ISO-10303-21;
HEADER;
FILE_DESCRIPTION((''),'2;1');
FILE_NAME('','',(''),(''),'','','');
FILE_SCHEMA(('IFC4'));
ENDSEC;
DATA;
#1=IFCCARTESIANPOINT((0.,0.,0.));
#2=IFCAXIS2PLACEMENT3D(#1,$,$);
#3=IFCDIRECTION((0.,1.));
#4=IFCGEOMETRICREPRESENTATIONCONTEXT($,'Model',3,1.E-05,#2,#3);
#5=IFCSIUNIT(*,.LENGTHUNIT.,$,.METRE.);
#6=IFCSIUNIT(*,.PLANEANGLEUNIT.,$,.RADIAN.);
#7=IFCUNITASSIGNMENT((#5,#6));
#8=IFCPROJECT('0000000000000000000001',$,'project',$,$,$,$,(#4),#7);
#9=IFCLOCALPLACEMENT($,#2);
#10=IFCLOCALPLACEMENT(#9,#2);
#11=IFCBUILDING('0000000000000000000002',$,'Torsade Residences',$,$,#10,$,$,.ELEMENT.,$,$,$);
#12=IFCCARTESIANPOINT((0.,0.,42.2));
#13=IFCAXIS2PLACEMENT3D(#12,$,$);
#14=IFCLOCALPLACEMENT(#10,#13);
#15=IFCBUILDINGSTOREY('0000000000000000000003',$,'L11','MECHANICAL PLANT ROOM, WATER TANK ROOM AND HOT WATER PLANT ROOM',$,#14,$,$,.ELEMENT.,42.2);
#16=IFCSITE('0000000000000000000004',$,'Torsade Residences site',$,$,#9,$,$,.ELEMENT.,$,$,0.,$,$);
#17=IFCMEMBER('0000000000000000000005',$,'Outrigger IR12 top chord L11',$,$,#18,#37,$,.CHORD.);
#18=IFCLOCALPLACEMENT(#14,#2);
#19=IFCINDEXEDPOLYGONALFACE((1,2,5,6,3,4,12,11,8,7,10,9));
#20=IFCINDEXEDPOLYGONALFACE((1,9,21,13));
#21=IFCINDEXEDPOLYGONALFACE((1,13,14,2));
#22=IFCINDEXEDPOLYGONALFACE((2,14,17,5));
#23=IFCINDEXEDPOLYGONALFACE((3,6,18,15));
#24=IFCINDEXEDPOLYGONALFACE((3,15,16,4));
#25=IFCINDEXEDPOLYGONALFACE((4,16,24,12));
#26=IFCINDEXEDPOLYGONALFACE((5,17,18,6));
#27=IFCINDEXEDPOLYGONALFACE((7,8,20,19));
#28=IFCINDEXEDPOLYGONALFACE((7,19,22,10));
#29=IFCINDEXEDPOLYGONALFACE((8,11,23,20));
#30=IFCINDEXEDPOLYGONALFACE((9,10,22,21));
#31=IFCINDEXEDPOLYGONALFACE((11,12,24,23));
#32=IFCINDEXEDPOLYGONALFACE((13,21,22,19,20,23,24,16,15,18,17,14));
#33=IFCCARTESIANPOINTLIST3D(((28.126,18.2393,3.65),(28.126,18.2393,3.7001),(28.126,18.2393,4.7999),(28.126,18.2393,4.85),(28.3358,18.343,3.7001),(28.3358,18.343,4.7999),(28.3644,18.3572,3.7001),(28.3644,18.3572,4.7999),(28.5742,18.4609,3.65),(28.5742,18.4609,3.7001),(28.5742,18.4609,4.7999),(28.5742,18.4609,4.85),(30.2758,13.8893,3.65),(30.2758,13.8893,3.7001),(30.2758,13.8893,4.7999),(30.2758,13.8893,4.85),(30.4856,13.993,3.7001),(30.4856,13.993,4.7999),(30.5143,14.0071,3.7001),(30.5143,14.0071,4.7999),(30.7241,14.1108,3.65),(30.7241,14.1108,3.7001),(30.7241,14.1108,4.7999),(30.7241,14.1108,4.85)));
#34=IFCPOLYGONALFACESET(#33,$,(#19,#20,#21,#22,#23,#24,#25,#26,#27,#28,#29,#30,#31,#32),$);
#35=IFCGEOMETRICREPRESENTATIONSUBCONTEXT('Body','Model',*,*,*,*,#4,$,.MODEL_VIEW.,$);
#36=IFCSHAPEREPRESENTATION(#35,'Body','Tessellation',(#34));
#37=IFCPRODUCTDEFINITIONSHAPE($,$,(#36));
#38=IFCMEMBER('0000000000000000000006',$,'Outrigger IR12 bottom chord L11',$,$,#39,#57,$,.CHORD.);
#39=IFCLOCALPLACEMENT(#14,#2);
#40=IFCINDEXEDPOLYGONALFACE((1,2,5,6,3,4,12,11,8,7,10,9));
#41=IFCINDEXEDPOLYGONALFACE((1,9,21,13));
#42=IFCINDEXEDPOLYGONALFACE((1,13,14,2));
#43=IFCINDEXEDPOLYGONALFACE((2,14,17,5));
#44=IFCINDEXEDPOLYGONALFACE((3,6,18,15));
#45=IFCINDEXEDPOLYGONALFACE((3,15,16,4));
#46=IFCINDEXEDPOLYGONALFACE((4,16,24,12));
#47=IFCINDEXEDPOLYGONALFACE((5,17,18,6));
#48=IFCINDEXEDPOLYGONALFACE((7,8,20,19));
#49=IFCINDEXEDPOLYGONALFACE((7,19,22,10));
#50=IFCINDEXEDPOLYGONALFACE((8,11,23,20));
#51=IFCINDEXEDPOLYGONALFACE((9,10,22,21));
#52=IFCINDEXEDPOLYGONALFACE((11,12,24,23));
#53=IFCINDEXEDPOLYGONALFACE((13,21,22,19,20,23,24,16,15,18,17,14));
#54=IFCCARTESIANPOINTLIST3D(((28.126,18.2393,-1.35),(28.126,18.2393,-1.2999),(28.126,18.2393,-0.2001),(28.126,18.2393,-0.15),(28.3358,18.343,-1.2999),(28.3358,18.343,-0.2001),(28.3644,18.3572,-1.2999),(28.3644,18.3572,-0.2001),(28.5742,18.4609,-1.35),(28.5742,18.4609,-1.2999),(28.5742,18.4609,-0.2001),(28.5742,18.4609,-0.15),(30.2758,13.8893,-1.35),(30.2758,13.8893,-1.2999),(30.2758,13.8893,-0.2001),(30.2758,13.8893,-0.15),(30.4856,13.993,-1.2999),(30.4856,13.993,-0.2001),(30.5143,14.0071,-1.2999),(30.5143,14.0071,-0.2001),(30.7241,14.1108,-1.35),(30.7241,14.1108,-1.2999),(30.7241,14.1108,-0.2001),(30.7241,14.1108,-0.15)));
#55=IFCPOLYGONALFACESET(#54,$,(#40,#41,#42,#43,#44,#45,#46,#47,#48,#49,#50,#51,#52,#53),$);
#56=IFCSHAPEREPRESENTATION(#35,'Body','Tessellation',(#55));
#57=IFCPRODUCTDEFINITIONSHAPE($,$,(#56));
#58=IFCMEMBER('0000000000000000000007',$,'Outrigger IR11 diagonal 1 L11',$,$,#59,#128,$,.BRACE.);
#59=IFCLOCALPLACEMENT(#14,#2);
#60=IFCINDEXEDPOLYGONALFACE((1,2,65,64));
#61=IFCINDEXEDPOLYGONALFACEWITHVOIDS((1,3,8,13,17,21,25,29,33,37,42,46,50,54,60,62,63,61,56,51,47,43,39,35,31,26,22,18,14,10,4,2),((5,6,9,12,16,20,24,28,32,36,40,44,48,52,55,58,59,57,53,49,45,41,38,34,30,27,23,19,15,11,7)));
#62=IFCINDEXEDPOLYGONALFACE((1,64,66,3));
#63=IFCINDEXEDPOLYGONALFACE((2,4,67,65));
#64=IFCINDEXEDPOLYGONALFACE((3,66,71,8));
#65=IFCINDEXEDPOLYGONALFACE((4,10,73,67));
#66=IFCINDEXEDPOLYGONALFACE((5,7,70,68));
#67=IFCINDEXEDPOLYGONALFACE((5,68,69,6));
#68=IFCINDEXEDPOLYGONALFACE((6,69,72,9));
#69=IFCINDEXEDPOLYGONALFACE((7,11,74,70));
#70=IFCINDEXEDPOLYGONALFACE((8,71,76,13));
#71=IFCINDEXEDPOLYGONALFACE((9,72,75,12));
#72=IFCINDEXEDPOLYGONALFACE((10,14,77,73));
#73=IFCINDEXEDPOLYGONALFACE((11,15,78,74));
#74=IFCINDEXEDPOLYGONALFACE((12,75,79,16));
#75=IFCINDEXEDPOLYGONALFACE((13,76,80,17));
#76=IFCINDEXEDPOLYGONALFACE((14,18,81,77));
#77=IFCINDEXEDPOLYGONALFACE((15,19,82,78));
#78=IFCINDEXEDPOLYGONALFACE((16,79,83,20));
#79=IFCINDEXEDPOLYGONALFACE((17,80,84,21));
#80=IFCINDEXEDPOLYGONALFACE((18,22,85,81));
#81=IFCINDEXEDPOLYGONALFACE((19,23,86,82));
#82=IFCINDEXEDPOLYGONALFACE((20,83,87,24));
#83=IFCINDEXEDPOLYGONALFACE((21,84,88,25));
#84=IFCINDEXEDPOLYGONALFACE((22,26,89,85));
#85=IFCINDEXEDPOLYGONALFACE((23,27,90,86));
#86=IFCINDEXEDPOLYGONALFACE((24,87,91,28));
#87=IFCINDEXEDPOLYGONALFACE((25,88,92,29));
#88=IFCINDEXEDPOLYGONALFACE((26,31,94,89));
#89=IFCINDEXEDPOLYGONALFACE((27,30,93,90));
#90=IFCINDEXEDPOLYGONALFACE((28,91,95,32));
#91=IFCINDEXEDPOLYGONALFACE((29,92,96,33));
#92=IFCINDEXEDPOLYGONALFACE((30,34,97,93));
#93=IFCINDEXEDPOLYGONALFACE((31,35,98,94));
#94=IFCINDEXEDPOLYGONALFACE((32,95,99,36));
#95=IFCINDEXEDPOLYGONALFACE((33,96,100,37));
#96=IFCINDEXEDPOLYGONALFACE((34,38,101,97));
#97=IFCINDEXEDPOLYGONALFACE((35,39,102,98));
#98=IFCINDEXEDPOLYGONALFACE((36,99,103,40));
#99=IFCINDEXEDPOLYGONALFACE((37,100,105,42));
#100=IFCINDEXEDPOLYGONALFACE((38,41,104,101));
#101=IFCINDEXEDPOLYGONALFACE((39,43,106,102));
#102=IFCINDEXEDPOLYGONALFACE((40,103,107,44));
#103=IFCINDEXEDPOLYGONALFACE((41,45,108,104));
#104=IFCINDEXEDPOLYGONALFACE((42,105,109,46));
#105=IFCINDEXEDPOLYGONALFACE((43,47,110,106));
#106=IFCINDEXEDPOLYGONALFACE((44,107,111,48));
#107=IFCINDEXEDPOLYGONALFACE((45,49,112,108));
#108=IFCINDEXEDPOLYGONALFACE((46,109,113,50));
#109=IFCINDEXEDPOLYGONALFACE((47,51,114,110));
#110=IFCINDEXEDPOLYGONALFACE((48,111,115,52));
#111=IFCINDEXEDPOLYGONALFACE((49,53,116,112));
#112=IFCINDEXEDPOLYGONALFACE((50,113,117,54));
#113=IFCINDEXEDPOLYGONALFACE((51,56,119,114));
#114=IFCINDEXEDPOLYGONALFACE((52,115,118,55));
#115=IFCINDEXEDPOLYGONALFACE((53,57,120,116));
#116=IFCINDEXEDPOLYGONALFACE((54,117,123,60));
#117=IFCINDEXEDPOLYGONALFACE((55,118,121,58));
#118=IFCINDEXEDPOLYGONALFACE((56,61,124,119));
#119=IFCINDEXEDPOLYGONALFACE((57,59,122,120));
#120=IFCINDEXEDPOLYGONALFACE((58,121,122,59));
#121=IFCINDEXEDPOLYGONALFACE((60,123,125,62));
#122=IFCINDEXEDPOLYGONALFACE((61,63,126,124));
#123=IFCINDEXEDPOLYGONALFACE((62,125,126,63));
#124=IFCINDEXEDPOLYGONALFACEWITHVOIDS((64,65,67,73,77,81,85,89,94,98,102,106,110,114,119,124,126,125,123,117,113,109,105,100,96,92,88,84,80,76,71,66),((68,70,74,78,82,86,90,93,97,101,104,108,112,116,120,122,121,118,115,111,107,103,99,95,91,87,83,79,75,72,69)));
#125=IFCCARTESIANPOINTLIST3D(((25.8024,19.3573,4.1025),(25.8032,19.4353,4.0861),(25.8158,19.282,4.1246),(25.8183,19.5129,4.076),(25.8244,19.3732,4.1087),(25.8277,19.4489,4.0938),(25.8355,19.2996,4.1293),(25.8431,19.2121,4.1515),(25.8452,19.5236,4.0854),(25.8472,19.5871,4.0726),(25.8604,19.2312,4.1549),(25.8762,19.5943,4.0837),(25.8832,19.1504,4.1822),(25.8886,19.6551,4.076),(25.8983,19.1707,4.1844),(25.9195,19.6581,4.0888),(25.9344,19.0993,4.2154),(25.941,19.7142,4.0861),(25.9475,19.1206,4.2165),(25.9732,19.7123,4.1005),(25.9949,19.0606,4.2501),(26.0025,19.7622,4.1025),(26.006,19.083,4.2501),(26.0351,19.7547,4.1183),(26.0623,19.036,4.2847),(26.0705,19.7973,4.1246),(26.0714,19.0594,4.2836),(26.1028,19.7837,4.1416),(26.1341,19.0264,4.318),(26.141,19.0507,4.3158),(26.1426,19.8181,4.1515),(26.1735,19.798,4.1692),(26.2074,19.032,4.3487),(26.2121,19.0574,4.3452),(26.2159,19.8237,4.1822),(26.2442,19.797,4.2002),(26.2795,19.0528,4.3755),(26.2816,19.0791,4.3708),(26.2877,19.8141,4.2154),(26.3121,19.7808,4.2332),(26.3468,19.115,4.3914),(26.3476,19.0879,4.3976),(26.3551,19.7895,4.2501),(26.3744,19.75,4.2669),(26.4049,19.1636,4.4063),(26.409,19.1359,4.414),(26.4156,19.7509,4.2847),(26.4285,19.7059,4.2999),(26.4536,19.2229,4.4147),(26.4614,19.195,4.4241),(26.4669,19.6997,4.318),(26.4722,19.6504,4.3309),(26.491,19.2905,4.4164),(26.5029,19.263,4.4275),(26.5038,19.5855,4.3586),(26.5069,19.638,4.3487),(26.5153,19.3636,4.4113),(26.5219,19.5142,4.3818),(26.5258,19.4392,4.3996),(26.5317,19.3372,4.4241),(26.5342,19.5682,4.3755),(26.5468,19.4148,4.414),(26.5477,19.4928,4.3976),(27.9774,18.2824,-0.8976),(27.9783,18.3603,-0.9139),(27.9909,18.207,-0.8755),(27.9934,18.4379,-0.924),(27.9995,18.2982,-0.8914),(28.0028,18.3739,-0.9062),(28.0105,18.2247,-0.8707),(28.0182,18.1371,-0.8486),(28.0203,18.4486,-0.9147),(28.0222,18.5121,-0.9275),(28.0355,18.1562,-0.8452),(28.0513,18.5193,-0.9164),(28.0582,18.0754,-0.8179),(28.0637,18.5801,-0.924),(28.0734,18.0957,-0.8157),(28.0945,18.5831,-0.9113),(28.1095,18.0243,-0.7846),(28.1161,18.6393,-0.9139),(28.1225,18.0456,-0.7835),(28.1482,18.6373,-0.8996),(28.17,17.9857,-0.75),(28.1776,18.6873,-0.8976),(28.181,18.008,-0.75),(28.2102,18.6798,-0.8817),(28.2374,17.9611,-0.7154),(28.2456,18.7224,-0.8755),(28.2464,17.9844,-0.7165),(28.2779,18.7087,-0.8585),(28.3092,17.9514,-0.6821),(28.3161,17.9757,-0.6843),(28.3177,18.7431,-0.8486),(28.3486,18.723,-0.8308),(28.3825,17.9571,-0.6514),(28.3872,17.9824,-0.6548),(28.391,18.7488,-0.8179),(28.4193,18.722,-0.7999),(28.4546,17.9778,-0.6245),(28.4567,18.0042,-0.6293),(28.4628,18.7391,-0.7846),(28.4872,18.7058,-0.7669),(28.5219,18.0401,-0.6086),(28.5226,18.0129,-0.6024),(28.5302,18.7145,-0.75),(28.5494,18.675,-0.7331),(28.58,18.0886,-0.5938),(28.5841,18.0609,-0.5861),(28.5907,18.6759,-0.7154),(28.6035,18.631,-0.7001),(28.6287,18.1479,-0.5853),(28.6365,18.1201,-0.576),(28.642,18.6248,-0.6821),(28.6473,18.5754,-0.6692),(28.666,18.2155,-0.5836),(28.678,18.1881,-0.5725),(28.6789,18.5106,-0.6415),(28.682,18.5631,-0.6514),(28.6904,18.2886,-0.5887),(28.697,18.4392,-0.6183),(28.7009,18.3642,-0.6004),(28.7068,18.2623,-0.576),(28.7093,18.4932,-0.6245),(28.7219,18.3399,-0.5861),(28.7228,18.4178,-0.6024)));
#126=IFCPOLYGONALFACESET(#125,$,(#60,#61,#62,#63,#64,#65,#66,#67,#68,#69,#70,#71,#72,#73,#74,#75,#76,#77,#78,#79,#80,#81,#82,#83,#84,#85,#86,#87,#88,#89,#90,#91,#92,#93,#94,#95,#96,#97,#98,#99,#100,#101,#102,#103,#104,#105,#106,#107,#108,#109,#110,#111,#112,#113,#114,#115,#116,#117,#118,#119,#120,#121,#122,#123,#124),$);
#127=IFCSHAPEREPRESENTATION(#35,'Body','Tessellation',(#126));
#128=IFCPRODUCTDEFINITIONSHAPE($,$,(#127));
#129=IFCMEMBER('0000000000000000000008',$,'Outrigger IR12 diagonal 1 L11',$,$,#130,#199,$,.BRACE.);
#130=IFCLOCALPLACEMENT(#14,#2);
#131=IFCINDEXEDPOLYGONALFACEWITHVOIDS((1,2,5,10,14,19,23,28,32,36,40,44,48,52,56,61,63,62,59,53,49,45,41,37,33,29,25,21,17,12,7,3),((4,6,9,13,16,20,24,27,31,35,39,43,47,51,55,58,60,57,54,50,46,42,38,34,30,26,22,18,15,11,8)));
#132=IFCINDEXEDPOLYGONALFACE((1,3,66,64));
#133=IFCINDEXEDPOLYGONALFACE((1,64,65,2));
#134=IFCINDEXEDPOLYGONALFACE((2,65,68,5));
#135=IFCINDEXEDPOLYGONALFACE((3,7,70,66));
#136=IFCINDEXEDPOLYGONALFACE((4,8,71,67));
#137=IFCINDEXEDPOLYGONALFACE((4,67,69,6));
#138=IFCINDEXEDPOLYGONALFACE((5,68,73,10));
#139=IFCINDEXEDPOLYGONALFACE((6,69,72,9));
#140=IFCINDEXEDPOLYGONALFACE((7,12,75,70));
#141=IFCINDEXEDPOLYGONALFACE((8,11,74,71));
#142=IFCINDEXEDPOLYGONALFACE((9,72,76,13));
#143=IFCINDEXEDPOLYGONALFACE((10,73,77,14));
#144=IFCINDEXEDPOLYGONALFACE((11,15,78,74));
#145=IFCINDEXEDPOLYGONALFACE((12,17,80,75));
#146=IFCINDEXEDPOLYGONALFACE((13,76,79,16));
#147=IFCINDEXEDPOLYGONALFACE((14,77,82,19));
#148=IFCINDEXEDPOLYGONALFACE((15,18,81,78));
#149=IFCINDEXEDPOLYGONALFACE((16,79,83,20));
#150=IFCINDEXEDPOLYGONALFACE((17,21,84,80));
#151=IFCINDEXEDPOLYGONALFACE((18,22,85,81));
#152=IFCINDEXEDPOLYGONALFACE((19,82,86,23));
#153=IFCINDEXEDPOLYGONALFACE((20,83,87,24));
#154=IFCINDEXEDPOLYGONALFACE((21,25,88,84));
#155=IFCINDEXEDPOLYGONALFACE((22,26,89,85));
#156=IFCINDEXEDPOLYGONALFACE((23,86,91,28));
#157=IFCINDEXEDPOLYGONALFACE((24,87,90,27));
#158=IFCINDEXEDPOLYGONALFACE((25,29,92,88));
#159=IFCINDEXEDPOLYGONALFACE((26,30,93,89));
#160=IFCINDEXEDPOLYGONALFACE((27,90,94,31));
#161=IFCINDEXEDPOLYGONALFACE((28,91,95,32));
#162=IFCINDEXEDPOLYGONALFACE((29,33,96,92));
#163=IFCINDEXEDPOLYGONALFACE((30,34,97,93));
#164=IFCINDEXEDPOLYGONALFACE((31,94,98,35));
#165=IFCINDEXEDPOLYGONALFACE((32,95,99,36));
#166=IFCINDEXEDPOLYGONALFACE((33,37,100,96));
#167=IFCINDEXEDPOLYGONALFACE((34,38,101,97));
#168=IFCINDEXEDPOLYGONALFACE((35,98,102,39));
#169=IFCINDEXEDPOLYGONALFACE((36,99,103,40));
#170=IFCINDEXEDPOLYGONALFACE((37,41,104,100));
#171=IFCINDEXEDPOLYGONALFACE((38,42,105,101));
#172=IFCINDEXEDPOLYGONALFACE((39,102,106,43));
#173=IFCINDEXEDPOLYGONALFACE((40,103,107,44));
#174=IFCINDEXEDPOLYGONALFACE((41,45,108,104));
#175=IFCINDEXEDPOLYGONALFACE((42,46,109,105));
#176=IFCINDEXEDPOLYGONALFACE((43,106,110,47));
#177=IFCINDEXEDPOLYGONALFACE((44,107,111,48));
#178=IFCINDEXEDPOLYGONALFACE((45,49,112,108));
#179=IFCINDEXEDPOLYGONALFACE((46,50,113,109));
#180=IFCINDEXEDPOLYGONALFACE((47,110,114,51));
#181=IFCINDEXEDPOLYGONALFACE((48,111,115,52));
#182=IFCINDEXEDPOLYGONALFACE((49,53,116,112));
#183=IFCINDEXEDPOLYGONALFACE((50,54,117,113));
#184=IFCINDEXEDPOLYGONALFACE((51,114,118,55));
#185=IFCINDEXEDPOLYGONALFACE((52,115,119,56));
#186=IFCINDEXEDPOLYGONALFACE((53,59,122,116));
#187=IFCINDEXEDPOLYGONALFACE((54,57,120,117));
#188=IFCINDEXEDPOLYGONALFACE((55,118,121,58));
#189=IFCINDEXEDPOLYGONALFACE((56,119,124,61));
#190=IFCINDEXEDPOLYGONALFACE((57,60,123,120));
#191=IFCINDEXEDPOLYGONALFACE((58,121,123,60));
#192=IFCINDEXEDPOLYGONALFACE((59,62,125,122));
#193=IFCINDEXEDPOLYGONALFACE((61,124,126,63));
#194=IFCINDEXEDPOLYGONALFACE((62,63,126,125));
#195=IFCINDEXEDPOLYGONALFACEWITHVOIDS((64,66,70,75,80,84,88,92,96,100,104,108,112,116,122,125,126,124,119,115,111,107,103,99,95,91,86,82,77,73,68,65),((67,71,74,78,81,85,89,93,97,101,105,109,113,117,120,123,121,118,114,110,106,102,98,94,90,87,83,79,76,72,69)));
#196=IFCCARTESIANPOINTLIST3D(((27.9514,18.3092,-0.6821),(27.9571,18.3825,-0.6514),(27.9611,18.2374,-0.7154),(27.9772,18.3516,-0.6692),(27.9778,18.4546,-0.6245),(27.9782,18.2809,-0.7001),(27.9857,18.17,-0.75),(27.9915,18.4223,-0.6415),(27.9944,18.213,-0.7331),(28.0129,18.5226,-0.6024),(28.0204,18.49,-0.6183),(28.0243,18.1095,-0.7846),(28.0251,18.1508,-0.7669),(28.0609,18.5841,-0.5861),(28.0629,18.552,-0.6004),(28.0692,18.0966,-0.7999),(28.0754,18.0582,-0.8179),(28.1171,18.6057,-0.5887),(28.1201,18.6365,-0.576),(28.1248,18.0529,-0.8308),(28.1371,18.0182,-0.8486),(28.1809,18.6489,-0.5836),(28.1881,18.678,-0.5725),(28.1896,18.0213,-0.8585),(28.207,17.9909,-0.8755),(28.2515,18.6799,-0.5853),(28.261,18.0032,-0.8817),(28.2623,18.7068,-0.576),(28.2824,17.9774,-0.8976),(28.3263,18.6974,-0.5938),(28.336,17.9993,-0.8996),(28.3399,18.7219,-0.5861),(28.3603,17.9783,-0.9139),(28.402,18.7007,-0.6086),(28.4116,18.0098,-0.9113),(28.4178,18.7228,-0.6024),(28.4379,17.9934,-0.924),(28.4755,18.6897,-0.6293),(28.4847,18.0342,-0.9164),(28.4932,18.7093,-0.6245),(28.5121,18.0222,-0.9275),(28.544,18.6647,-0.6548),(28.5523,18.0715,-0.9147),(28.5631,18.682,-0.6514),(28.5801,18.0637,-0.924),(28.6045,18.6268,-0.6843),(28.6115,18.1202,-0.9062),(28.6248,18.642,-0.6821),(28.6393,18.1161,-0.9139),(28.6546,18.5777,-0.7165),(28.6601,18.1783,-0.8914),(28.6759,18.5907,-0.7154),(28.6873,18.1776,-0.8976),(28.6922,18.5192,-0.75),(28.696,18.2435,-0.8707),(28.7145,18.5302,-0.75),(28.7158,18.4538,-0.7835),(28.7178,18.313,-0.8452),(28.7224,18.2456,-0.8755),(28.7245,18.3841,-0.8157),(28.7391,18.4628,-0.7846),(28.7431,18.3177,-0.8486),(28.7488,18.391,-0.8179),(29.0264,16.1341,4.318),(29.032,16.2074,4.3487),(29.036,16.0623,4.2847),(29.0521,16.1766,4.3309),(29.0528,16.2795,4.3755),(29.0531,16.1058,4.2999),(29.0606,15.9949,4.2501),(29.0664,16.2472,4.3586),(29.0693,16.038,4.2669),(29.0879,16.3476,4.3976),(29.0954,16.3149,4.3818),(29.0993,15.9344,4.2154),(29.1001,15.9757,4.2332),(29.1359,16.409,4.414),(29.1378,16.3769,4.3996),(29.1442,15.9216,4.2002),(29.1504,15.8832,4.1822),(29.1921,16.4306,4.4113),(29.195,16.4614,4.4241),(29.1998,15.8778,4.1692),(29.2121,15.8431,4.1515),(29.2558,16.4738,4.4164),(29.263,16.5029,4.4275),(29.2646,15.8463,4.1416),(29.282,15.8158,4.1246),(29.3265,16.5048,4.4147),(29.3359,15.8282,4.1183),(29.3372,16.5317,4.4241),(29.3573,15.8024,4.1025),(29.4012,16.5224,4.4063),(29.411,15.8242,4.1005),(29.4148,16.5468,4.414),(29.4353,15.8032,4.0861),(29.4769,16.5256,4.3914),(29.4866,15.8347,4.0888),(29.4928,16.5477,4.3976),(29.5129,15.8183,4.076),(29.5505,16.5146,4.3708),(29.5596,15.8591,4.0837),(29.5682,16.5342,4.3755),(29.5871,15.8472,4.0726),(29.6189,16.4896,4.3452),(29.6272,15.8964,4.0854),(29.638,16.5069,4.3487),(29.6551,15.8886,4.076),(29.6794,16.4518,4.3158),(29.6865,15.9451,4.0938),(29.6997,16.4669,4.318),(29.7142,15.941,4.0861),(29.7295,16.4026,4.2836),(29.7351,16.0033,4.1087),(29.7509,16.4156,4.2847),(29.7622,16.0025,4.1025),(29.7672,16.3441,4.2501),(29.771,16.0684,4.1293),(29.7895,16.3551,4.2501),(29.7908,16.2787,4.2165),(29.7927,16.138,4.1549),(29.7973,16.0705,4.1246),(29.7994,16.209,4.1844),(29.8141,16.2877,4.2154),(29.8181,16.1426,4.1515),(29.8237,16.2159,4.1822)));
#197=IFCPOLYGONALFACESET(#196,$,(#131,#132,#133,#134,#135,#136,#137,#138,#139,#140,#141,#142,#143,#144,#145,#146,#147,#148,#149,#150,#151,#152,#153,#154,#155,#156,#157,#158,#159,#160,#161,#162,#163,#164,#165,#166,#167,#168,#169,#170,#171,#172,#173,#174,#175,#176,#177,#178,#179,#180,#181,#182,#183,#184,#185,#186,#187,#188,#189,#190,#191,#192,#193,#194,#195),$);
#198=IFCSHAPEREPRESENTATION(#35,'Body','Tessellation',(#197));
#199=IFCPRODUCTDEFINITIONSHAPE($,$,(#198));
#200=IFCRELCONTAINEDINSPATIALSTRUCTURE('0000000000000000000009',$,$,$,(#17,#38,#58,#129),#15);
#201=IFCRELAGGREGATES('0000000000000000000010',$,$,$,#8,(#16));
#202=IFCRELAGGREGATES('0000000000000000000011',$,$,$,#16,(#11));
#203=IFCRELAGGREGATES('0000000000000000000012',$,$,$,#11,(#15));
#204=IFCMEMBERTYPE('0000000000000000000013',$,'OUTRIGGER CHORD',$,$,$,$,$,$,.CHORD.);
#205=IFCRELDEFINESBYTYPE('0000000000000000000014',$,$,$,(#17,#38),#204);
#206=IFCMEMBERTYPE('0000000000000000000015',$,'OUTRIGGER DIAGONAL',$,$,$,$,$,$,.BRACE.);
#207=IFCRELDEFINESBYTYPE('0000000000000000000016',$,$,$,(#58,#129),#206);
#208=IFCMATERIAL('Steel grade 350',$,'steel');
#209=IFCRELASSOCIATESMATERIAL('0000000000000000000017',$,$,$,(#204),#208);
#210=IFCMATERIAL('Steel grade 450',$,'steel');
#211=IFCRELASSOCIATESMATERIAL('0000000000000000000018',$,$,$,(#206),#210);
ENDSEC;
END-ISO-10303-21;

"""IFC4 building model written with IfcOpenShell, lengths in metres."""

from ifc_helpers import new_model, si_unit, direction, frame, origin, origin_2d, place, context, subcontext, project, spatial, hollow_circle, i_section, extrude, material, material_profile, profile_set, type_object, element, save


model = new_model("IFC4")

# Units and contexts
model_context = context("Model", 3, precision=1e-05, world=origin(), true_north=direction((0.0, 1.0)))
body_context = subcontext(model_context, "Body", "Model", "MODEL_VIEW")
ifc_project = project(units=[si_unit("LENGTHUNIT", "METRE"), si_unit("PLANEANGLEUNIT", "RADIAN")], contexts=[model_context])

# Site, building, storey
site_placement = place(None, origin())
site = spatial("IfcSite", under=ifc_project, at=site_placement, Name="Torsade Residences site", CompositionType="ELEMENT", RefElevation=0.0)
building_placement = place(site_placement, origin())
building = spatial("IfcBuilding", under=site, at=building_placement, Name="Torsade Residences", CompositionType="ELEMENT")
storey_placement = place(building_placement, frame((0.0, 0.0, 42.2)))
storey = spatial("IfcBuildingStorey", under=building, at=storey_placement, Name="L11", Description="MECHANICAL PLANT ROOM, WATER TANK ROOM AND HOT WATER PLANT ROOM", CompositionType="ELEMENT", Elevation=42.2)

# Members
ifc_material_1 = material(Name="Steel grade 350", Category="steel")
ifc_material_profile_1 = material_profile(ifc_material_1, i_section(OverallWidth=0.5, OverallDepth=1.2, WebThickness=0.032, FlangeThickness=0.05, at=origin_2d()), Name="1200x500x50x32WPG")
ifc_profile_set_1 = profile_set([ifc_material_profile_1], Name="Steel grade 350")
member_type_1 = type_object("IfcMemberType", Name="OUTRIGGER CHORD", PredefinedType="CHORD", material=ifc_profile_set_1)
for number, where, z_axis, x_axis, name in (
    (1, (28.3501, 18.3501, 4.25), (0.443063, -0.896491, 0.0), (0.896491, 0.443063, 0.0), "Outrigger IR12 top chord L11"),
    (2, (28.3501, 18.3501, -0.75), (0.443063, -0.896491, 0.0), (0.896491, 0.443063, 0.0), "Outrigger IR12 bottom chord L11"),
):
    element("IfcMember", number, at=place(storey_placement, frame(where, z_axis=z_axis, x_axis=x_axis)), inside=storey, type_object=member_type_1, Name=name, PredefinedType="CHORD", context=body_context, shape_type="SweptSolid", body=[
        extrude(i_section(OverallWidth=0.5, OverallDepth=1.2, WebThickness=0.032, FlangeThickness=0.05, at=origin_2d()), origin(), (0.0, 0.0, 1.0), 4.8523),
    ])
ifc_material_2 = material(Name="Steel grade 450", Category="steel")
ifc_material_profile_2 = material_profile(ifc_material_2, hollow_circle(Radius=0.4065, WallThickness=0.0249, at=origin_2d()), Name="813.0x25.0CHS")
ifc_profile_set_2 = profile_set([ifc_material_profile_2], Name="Steel grade 450")
member_type_2 = type_object("IfcMemberType", Name="OUTRIGGER DIAGONAL", PredefinedType="BRACE", material=ifc_profile_set_2)
for number, where, z_axis, x_axis, name in (
    (3, (28.3501, 18.3501, -0.75), (-0.391368, 0.193422, 0.899677), (-0.443063, -0.896491, 0.0), "Outrigger IR11 diagonal 1 L11"),
    (4, (28.3501, 18.3501, -0.75), (0.193422, -0.391368, 0.899677), (0.896491, 0.443063, 0.0), "Outrigger IR12 diagonal 1 L11"),
):
    element("IfcMember", number, at=place(storey_placement, frame(where, z_axis=z_axis, x_axis=x_axis)), inside=storey, type_object=member_type_2, Name=name, PredefinedType="BRACE", context=body_context, shape_type="SweptSolid", body=[
        extrude(hollow_circle(Radius=0.4065, WallThickness=0.0249, at=origin_2d()), origin(), (0.0, 0.0, 1.0), 5.5576),
    ])

save(model, "model.ifc")
